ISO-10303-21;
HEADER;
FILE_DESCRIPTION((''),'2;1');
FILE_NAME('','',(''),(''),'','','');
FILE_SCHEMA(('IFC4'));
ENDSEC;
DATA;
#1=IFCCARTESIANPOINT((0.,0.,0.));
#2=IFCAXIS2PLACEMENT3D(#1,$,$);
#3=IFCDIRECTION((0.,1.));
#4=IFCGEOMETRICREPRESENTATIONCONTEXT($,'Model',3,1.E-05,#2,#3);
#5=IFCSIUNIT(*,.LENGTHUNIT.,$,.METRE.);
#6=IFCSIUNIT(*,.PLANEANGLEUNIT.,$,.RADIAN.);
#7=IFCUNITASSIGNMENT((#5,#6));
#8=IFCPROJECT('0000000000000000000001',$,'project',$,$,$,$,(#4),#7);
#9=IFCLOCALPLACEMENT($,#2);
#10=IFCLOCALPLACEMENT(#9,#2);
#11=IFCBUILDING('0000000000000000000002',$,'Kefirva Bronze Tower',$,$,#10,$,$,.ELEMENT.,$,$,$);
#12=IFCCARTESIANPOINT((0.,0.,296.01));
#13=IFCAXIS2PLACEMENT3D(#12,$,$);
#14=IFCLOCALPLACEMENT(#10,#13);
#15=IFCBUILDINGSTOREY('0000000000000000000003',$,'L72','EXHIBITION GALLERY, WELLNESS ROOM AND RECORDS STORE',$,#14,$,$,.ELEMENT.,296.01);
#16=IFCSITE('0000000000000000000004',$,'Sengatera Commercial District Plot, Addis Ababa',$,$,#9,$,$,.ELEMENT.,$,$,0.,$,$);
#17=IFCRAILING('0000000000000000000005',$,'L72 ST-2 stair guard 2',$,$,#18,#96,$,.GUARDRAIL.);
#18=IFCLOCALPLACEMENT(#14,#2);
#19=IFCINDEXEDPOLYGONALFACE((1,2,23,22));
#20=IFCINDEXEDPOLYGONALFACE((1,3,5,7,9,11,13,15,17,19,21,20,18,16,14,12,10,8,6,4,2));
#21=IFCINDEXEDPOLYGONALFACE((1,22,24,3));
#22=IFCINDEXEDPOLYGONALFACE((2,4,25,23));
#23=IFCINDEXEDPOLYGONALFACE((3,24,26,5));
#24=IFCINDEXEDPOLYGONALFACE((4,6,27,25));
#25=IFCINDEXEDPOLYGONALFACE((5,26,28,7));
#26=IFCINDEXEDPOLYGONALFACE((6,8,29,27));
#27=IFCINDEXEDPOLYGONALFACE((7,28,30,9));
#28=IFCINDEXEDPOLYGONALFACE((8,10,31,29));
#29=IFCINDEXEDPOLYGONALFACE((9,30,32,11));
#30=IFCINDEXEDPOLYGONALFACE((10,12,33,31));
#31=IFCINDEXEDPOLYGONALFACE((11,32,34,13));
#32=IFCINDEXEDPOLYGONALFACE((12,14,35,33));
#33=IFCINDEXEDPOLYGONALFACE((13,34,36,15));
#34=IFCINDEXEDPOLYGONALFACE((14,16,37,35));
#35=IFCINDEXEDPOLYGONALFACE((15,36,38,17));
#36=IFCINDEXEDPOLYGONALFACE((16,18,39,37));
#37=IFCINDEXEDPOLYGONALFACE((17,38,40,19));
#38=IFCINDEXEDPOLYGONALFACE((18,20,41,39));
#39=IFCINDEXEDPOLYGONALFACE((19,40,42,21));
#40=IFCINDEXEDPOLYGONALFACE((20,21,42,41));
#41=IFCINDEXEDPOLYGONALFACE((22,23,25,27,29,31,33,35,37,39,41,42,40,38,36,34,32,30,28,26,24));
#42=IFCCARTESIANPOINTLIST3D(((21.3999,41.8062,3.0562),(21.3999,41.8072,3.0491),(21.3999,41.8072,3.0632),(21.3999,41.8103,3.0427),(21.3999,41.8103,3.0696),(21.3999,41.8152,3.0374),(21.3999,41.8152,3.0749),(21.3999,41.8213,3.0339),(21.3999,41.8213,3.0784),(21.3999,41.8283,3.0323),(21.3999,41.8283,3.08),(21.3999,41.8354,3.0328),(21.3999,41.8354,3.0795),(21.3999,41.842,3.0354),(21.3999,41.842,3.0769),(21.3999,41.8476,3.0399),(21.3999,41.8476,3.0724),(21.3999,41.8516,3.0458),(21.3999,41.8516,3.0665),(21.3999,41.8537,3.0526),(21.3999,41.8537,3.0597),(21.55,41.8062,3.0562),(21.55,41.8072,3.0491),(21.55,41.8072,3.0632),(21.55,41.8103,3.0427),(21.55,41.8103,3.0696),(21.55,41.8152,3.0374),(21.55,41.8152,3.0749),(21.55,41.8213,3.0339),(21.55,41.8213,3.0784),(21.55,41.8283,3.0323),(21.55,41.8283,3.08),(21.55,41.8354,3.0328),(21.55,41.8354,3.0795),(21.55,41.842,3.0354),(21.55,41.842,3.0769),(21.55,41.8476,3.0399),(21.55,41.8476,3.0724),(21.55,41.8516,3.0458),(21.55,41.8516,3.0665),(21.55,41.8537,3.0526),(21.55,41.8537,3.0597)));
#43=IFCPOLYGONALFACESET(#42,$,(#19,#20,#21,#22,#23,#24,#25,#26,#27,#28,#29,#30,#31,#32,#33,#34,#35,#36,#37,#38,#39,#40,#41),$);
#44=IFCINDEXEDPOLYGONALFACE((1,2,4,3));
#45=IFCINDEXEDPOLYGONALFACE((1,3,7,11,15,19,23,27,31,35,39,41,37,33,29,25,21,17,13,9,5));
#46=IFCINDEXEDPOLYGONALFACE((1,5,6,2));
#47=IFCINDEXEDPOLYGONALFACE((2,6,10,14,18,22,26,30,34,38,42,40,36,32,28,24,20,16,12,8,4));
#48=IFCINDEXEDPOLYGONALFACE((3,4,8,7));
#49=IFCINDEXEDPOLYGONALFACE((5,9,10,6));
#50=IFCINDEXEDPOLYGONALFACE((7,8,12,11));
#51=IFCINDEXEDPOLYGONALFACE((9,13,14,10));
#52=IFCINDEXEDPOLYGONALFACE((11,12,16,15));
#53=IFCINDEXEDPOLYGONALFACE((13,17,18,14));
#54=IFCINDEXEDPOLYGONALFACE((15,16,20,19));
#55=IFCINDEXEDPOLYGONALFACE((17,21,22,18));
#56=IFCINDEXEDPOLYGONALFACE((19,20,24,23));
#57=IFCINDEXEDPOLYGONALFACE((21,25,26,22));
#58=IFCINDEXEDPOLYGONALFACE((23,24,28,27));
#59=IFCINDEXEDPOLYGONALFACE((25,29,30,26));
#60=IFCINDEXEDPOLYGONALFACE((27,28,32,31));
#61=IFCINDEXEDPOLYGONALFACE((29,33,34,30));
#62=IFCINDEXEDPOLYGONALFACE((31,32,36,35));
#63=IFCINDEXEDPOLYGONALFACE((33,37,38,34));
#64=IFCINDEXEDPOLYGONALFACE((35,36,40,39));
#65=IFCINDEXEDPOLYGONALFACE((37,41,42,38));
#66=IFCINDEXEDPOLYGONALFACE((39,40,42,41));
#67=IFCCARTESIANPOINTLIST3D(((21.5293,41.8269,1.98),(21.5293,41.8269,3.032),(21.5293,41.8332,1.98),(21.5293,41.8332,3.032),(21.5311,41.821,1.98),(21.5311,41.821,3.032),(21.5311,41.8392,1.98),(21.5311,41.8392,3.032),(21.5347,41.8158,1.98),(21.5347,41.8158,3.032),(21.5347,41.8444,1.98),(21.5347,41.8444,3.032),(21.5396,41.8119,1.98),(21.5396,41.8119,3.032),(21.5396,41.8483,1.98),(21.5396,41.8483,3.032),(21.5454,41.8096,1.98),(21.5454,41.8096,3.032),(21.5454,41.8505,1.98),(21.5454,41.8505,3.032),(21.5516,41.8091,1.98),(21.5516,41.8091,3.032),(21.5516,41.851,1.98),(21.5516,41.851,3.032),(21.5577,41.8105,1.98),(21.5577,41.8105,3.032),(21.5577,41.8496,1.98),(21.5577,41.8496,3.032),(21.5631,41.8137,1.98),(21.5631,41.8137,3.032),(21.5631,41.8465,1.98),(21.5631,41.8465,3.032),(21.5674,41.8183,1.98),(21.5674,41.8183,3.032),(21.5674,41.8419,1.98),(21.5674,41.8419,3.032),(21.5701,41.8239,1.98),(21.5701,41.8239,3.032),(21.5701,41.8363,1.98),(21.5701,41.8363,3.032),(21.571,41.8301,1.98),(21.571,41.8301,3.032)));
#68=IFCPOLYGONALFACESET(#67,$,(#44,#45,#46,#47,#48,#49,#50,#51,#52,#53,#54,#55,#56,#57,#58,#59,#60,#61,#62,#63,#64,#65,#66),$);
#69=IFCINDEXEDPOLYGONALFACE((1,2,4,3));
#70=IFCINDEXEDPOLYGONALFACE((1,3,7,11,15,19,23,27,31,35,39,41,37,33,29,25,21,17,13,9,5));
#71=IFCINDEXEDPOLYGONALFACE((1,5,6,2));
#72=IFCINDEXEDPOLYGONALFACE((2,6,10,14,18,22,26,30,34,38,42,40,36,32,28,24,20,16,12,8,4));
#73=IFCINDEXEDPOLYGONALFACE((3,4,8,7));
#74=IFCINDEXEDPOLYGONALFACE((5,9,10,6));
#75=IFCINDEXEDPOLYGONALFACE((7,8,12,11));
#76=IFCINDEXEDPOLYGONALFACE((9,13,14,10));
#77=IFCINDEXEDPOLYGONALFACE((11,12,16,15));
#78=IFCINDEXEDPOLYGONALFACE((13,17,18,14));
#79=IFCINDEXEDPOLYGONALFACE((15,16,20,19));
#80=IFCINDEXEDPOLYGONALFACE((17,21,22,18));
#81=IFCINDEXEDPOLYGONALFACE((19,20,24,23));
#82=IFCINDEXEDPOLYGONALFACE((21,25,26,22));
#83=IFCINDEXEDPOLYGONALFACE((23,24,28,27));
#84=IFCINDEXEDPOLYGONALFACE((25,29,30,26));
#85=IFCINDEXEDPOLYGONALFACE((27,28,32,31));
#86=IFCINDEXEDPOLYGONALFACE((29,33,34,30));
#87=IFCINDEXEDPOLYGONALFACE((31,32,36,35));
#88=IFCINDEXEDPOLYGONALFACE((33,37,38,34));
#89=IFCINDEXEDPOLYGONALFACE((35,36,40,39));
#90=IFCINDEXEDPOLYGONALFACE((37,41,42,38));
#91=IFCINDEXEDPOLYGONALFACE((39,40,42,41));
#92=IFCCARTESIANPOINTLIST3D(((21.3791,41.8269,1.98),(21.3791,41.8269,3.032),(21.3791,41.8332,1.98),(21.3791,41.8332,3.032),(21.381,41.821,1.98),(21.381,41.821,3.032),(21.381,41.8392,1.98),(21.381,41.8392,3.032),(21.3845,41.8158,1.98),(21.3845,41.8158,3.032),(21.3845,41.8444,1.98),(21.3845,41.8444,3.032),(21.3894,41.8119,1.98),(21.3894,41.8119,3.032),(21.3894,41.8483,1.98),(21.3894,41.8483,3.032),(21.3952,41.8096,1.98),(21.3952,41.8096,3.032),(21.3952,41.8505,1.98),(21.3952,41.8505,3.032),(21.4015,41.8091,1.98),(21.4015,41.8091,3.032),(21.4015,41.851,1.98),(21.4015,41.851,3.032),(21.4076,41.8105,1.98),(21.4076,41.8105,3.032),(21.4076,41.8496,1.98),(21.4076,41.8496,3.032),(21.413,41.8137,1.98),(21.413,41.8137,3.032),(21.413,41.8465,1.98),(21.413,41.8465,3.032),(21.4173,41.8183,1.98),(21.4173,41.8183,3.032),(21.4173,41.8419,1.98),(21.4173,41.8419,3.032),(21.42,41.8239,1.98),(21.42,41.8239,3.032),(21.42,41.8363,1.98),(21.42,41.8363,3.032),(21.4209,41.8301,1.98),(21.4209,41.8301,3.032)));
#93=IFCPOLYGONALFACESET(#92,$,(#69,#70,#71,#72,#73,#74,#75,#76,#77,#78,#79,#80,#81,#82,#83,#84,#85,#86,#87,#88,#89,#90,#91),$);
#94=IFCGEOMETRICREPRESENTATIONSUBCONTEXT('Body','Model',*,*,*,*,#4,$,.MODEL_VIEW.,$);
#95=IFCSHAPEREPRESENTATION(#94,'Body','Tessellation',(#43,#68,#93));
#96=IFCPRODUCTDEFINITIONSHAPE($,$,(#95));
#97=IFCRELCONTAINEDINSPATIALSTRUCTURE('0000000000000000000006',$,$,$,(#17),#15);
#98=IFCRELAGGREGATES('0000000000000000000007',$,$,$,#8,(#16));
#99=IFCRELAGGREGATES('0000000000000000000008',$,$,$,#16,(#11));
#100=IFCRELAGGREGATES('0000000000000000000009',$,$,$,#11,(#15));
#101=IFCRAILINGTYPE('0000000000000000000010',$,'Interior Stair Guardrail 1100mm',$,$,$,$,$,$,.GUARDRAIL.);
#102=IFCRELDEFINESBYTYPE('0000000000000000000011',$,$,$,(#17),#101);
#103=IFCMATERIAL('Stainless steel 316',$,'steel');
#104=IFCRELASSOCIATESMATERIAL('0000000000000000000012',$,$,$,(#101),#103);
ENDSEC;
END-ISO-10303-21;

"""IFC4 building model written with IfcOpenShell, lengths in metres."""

from ifc_helpers import new_model, si_unit, direction, frame, origin, origin_2d, place, context, subcontext, project, spatial, circle, extrude, material, type_object, element, save


model = new_model("IFC4")

# Units and contexts
model_context = context("Model", 3, precision=1e-05, world=origin(), true_north=direction((0.0, 1.0)))
body_context = subcontext(model_context, "Body", "Model", "MODEL_VIEW")
ifc_project = project(units=[si_unit("LENGTHUNIT", "METRE"), si_unit("PLANEANGLEUNIT", "RADIAN")], contexts=[model_context])

# Site, building, storey
site_placement = place(None, origin())
site = spatial("IfcSite", under=ifc_project, at=site_placement, Name="Sengatera Commercial District Plot, Addis Ababa", CompositionType="ELEMENT", RefElevation=0.0)
building_placement = place(site_placement, origin())
building = spatial("IfcBuilding", under=site, at=building_placement, Name="Kefirva Bronze Tower", CompositionType="ELEMENT")
storey_placement = place(building_placement, frame((0.0, 0.0, 296.01)))
storey = spatial("IfcBuildingStorey", under=building, at=storey_placement, Name="L72", Description="EXHIBITION GALLERY, WELLNESS ROOM AND RECORDS STORE", CompositionType="ELEMENT", Elevation=296.01)

# Railing
ifc_material_1 = material(Name="Stainless steel 316", Category="steel")
railing_type_1 = type_object("IfcRailingType", Name="Interior Stair Guardrail 1100mm", PredefinedType="GUARDRAIL", material=ifc_material_1)
railing_1_placement = place(storey_placement, frame((21.55, 41.8301, 1.98)))
element("IfcRailing", 1, at=railing_1_placement, inside=storey, type_object=railing_type_1, Name="L72 ST-2 stair guard 2", PredefinedType="GUARDRAIL", context=body_context, shape_type="SweptSolid", body=[
    extrude(circle(Radius=0.0239, at=origin_2d()), frame((0.0, 0.0, 1.0762), z_axis=(-1.0, 0.0, 0.0), x_axis=(0.0, -1.0, 0.0)), (0.0, 0.0, 1.0), 0.1501),
    extrude(circle(Radius=0.021, at=origin_2d()), origin(), (0.0, 0.0, 1.0), 1.052),
    extrude(circle(Radius=0.021, at=origin_2d()), frame((-0.1501, 0.0, 0.0)), (0.0, 0.0, 1.0), 1.052),
])

save(model, "model.ifc")
